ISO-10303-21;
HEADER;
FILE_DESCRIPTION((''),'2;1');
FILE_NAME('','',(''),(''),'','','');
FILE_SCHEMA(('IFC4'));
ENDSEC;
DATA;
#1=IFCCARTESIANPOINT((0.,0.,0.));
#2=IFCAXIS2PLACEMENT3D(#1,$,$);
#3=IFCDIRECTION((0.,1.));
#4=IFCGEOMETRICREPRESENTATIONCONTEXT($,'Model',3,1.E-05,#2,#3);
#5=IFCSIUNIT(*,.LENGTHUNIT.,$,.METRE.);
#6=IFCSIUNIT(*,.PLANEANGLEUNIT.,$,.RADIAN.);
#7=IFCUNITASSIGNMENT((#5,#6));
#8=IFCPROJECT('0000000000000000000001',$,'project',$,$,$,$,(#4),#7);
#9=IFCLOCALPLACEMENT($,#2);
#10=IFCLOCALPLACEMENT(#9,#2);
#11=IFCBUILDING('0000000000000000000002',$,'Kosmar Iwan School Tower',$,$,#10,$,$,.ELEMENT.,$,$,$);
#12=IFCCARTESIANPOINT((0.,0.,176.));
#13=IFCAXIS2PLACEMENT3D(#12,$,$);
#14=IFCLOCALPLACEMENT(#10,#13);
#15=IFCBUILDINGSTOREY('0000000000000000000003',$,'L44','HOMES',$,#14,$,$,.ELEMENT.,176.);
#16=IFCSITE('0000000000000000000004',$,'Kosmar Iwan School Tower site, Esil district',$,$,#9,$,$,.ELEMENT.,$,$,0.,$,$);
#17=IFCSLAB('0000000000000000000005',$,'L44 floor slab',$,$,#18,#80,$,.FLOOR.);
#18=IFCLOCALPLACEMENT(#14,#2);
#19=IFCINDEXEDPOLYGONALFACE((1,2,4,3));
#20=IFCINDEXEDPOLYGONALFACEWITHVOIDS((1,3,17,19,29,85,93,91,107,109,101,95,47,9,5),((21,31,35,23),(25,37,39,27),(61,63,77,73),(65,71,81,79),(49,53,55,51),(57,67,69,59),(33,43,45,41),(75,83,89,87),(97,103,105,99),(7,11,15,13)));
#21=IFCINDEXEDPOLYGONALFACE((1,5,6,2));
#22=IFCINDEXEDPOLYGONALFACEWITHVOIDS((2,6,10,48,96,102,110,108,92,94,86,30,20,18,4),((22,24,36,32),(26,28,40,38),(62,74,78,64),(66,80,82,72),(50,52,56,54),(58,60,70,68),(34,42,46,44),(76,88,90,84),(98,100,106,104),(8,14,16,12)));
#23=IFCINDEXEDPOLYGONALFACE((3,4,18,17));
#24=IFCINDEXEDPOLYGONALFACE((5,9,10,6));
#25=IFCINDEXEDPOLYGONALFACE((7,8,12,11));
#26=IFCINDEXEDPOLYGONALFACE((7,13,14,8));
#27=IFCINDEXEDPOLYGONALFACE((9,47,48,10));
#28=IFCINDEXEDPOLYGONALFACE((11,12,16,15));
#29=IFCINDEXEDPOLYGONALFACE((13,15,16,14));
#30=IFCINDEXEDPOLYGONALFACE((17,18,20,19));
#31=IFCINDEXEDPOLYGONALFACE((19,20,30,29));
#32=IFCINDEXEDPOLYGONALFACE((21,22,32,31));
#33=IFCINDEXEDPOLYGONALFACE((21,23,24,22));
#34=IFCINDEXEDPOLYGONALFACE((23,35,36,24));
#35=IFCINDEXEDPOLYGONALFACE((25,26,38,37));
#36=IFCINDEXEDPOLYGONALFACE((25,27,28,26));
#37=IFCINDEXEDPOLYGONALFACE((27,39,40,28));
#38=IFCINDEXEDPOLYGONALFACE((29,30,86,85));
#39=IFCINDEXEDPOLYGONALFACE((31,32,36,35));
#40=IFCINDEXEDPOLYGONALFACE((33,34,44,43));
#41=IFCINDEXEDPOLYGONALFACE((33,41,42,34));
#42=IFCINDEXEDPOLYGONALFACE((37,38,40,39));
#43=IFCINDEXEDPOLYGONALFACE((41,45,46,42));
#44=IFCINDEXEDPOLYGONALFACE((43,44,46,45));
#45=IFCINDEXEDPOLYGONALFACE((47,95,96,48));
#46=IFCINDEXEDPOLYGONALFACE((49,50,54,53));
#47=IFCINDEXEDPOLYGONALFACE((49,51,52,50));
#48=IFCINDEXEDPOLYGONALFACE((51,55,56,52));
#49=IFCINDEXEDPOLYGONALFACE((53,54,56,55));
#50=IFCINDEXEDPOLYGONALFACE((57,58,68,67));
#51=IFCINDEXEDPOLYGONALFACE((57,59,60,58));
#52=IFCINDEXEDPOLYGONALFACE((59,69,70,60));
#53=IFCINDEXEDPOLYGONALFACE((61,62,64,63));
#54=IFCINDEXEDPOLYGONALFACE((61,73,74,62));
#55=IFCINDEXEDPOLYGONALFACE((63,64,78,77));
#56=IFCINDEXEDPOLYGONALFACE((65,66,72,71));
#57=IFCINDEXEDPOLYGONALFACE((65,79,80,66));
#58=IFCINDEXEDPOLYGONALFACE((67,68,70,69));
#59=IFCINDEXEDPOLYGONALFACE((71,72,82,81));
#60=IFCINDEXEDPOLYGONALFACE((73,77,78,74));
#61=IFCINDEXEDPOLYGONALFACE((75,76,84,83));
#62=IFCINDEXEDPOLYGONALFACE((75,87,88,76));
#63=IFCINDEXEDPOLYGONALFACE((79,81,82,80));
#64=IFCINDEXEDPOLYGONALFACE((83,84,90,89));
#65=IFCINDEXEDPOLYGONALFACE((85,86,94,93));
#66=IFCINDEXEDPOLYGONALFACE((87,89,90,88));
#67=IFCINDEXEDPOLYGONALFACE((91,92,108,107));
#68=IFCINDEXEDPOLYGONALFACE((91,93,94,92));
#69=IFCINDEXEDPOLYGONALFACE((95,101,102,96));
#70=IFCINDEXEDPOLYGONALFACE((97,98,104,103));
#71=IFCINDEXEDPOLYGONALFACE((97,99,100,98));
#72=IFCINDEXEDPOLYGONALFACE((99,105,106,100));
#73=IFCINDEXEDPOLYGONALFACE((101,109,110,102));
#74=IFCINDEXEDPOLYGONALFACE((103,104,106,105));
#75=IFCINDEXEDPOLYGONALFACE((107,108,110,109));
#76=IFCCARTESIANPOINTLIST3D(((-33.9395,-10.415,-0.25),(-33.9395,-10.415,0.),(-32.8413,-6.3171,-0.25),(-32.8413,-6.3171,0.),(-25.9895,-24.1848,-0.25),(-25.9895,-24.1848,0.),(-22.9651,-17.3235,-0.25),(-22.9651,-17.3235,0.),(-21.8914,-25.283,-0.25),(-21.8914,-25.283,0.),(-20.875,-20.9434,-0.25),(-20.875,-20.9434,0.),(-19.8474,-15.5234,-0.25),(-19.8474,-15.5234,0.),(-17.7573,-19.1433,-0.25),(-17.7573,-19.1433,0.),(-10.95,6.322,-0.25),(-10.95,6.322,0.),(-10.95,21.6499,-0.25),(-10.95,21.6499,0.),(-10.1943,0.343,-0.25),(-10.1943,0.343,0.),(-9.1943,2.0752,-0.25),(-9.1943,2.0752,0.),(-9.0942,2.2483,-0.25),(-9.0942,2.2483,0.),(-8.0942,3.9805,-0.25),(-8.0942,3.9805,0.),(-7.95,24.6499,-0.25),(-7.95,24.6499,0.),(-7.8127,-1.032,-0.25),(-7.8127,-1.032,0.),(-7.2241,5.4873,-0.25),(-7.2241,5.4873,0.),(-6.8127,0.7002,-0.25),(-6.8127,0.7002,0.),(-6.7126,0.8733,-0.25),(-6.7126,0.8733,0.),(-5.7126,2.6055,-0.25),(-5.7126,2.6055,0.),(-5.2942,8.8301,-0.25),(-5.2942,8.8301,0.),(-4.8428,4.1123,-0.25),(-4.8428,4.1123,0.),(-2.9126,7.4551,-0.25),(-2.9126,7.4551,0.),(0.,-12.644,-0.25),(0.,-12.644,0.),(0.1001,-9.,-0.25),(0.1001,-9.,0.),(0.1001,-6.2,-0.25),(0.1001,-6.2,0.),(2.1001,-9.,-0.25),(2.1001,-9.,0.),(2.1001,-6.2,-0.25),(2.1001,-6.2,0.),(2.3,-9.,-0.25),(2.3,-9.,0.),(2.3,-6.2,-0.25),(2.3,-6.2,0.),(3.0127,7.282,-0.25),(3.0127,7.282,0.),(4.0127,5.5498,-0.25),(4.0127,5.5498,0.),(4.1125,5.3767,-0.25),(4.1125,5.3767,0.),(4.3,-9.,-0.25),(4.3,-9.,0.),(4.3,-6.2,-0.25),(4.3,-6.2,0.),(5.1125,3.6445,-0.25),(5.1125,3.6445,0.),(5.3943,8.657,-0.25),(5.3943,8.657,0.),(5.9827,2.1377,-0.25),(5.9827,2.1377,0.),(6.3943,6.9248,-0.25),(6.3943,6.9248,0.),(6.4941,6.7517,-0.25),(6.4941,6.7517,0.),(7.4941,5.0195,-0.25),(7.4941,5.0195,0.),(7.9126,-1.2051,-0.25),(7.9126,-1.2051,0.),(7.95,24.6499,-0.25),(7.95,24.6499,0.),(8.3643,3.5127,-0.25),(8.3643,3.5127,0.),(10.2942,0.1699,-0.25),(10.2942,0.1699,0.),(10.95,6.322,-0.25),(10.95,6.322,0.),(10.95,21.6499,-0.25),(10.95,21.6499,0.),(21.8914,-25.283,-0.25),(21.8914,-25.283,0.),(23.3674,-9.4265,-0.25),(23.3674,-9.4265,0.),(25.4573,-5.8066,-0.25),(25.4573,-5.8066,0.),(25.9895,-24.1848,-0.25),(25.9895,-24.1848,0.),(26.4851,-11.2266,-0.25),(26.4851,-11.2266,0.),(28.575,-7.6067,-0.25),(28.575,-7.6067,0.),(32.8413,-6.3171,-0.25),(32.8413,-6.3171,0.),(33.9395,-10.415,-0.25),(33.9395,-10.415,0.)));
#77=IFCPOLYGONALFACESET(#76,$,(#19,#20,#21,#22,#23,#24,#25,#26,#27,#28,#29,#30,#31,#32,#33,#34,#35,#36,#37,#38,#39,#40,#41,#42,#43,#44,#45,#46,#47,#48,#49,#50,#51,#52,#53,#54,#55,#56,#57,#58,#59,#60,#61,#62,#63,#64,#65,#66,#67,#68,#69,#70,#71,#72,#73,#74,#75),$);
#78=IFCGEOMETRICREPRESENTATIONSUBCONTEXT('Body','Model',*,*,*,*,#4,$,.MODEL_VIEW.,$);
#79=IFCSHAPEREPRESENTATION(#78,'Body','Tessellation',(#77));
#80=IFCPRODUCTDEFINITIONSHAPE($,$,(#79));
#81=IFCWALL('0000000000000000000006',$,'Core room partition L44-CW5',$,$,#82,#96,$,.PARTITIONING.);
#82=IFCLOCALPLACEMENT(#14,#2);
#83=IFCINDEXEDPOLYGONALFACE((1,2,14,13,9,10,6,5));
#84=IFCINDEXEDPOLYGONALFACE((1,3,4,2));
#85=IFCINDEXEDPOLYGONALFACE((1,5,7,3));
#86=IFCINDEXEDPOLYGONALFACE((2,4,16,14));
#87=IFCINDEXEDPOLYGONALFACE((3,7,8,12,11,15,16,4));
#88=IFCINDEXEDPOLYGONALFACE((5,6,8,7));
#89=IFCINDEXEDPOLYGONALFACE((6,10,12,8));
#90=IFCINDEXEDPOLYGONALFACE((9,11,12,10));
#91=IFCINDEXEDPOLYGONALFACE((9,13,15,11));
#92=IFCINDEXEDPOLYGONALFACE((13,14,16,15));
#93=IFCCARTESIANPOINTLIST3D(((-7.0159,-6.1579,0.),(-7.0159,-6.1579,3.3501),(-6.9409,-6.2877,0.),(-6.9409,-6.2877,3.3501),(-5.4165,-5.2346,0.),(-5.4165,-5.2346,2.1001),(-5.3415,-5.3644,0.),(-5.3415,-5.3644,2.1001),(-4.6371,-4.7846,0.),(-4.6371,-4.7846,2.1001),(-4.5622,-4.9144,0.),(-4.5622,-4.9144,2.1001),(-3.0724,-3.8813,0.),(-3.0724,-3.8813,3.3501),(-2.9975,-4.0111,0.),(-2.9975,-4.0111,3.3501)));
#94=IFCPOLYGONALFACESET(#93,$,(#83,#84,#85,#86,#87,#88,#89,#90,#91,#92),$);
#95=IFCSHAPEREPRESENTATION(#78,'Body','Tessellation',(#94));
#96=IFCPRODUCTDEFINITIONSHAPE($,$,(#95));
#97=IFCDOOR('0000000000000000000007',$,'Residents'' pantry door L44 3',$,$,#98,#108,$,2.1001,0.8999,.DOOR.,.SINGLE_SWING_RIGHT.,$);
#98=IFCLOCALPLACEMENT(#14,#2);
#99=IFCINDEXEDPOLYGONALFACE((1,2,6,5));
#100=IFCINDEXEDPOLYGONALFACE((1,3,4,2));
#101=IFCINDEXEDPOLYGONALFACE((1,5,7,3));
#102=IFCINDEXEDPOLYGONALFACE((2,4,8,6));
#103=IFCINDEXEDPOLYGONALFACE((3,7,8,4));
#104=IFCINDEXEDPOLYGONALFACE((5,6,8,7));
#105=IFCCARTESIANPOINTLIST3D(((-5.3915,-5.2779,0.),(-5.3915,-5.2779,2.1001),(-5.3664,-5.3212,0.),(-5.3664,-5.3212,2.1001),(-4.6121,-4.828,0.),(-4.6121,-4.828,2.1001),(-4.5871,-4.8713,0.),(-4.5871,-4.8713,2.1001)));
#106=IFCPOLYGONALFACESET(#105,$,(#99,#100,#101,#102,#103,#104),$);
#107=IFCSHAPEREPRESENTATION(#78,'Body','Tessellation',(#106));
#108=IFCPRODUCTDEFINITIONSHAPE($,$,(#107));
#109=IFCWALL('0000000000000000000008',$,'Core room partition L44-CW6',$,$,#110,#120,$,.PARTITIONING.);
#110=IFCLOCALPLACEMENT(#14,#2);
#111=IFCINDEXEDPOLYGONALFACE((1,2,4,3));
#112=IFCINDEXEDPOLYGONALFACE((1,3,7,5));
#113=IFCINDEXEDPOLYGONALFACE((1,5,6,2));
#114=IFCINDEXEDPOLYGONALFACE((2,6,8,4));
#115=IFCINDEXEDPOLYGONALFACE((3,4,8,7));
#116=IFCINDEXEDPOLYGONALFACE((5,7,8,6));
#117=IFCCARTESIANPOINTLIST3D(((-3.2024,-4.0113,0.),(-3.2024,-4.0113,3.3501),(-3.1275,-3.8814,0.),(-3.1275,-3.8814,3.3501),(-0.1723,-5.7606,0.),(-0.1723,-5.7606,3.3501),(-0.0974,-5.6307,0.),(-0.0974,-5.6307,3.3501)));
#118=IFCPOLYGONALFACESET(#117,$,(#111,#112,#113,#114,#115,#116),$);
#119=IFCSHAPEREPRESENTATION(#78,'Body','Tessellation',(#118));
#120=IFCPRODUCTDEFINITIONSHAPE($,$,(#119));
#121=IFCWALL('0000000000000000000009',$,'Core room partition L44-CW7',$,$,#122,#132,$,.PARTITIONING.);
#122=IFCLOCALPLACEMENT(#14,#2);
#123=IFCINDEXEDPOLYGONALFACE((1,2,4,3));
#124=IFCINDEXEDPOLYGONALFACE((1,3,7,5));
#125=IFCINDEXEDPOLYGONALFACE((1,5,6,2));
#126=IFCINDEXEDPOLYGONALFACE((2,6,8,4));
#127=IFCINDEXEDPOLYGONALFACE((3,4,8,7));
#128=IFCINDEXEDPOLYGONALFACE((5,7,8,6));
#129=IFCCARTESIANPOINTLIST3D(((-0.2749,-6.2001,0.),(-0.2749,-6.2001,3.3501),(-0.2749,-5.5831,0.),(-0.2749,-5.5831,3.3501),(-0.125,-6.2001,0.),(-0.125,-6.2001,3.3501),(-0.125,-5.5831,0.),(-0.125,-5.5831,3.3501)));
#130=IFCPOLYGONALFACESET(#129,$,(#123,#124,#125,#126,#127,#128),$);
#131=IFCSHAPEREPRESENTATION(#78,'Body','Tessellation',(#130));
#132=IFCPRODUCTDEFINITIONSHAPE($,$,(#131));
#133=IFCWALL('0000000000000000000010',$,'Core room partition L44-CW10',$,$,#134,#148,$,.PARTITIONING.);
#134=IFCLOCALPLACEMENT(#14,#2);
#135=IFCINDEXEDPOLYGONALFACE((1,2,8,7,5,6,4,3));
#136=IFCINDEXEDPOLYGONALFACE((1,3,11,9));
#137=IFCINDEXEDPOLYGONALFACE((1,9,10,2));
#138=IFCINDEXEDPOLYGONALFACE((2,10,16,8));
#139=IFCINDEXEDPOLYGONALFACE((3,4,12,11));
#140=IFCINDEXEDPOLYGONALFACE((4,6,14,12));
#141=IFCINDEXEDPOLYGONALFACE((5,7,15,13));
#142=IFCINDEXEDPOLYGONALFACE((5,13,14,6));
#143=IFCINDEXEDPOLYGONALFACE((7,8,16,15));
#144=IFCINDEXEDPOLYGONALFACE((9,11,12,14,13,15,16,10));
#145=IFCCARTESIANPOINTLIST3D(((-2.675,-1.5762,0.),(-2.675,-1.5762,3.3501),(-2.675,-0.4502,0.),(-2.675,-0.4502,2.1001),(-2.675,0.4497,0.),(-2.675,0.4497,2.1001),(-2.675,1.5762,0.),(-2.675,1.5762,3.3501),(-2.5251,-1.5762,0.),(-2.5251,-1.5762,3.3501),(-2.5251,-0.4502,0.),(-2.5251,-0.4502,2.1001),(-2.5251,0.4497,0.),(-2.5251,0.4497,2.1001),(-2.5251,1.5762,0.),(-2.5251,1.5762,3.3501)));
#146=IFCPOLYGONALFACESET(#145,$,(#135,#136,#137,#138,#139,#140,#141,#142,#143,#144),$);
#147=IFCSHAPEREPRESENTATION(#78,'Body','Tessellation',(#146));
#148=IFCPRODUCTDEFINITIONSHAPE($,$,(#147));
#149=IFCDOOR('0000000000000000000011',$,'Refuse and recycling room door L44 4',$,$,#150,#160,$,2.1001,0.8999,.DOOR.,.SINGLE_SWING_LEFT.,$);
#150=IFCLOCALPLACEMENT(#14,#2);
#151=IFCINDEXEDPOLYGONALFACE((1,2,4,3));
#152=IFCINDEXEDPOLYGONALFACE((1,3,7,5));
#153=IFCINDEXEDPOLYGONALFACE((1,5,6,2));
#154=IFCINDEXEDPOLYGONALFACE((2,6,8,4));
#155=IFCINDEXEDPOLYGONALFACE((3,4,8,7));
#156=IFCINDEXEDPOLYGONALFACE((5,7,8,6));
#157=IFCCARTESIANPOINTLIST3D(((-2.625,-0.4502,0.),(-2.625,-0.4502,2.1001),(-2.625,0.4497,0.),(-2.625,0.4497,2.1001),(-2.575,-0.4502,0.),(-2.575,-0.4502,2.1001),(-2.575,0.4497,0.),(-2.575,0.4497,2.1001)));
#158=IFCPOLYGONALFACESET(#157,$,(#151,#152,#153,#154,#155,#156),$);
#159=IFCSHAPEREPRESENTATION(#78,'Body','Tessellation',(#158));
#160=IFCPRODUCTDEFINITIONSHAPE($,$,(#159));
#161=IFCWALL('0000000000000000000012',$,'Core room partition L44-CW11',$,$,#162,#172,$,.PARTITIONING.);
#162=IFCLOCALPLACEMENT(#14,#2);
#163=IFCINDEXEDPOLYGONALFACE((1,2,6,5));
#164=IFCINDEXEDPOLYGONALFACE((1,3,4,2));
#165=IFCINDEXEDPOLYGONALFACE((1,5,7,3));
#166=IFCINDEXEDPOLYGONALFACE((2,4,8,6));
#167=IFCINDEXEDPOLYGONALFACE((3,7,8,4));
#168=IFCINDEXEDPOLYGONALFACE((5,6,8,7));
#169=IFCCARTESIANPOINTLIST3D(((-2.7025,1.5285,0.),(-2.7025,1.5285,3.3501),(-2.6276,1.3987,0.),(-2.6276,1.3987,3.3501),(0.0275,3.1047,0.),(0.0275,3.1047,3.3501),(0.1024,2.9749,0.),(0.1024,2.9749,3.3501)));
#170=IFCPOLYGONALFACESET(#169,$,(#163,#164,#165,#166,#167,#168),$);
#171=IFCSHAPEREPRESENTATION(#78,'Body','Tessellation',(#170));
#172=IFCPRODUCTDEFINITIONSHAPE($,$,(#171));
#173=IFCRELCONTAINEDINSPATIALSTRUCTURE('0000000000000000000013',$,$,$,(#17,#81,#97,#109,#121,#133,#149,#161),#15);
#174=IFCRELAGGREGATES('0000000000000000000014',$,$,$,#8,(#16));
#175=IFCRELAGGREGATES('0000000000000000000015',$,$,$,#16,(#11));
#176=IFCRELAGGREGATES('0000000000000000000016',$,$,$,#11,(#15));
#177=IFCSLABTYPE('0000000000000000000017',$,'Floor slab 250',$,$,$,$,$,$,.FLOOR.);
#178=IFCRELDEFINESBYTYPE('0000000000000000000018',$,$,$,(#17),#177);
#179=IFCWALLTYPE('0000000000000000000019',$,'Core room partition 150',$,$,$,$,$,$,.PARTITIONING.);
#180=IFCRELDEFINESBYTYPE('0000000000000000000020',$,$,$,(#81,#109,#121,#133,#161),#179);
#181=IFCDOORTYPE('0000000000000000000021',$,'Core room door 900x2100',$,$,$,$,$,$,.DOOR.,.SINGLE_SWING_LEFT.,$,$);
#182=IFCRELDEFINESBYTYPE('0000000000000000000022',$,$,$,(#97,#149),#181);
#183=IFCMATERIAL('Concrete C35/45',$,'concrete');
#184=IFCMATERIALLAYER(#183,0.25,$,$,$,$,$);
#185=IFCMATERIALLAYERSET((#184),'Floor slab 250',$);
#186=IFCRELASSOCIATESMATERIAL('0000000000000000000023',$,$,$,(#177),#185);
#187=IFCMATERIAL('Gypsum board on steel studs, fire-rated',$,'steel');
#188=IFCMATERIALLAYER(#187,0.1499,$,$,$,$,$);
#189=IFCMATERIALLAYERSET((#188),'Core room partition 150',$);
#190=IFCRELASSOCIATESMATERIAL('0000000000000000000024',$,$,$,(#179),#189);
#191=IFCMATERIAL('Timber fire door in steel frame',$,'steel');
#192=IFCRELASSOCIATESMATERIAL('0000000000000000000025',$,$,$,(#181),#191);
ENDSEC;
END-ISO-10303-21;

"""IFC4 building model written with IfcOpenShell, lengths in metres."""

from ifc_helpers import new_model, si_unit, direction, frame, frame_2d, origin, place, context, subcontext, project, spatial, polyline, rectangle, outline, extrude, material, layer, layer_set, type_object, element, fill, save


model = new_model("IFC4")

# Units and contexts
model_context = context("Model", 3, precision=1e-05, world=origin(), true_north=direction((0.0, 1.0)))
body_context = subcontext(model_context, "Body", "Model", "MODEL_VIEW")
ifc_project = project(units=[si_unit("LENGTHUNIT", "METRE"), si_unit("PLANEANGLEUNIT", "RADIAN")], contexts=[model_context])

# Site, building, storey
site_placement = place(None, origin())
site = spatial("IfcSite", under=ifc_project, at=site_placement, Name="Kosmar Iwan School Tower site, Esil district", CompositionType="ELEMENT", RefElevation=0.0)
building_placement = place(site_placement, origin())
building = spatial("IfcBuilding", under=site, at=building_placement, Name="Kosmar Iwan School Tower", CompositionType="ELEMENT")
storey_placement = place(building_placement, frame((0.0, 0.0, 176.0)))
storey = spatial("IfcBuildingStorey", under=building, at=storey_placement, Name="L44", Description="HOMES", CompositionType="ELEMENT", Elevation=176.0)

# Slab
ifc_material_1 = material(Name="Concrete C35/45", Category="concrete")
ifc_layer_1 = layer(ifc_material_1, 0.25)
ifc_layer_set_1 = layer_set([ifc_layer_1], Name="Floor slab 250")
slab_type = type_object("IfcSlabType", Name="Floor slab 250", PredefinedType="FLOOR", material=ifc_layer_set_1)
slab_placement = place(storey_placement, frame((0.0, 0.0, -0.25)))
element("IfcSlab", 1, at=slab_placement, inside=storey, type_object=slab_type, Name="L44 floor slab", PredefinedType="FLOOR", context=body_context, shape_type="SweptSolid", body=[
    extrude(outline(polyline([(-21.8914, -25.283), (0.0, -12.644), (21.8914, -25.283), (25.9895, -24.1848), (33.9395, -10.415), (32.8413, -6.3171), (10.95, 6.322), (10.95, 21.6499), (7.95, 24.6499), (-7.95, 24.6499), (-10.95, 21.6499), (-10.95, 6.322), (-32.8413, -6.3171), (-33.9395, -10.415), (-25.9895, -24.1848), (-21.8914, -25.283)]), holes=[polyline([(7.9126, -1.2051), (10.2942, 0.1699), (8.3643, 3.5127), (5.9827, 2.1377), (7.9126, -1.2051)]), polyline([(-2.9126, 7.4551), (-5.2942, 8.8301), (-7.2241, 5.4873), (-4.8428, 4.1123), (-2.9126, 7.4551)]), polyline([(-5.7126, 2.6055), (-8.0942, 3.9805), (-9.0942, 2.2483), (-6.7126, 0.8733), (-5.7126, 2.6055)]), polyline([(-6.8127, 0.7002), (-9.1943, 2.0752), (-10.1943, 0.343), (-7.8127, -1.032), (-6.8127, 0.7002)]), polyline([(5.1125, 3.6445), (7.4941, 5.0195), (6.4941, 6.7517), (4.1125, 5.3767), (5.1125, 3.6445)]), polyline([(4.0127, 5.5498), (6.3943, 6.9248), (5.3943, 8.657), (3.0127, 7.282), (4.0127, 5.5498)]), polyline([(0.1001, -6.2), (0.1001, -9.0), (2.1001, -9.0), (2.1001, -6.2), (0.1001, -6.2)]), polyline([(2.3, -6.2), (2.3, -9.0), (4.3, -9.0), (4.3, -6.2), (2.3, -6.2)]), polyline([(-19.8474, -15.5234), (-22.9651, -17.3235), (-20.875, -20.9434), (-17.7573, -19.1433), (-19.8474, -15.5234)]), polyline([(23.3674, -9.4265), (26.4851, -11.2266), (28.575, -7.6067), (25.4573, -5.8066), (23.3674, -9.4265)])]), origin(), (0.0, 0.0, 1.0), 0.25),
])

# Wall, opening, door
ifc_material_2 = material(Name="Gypsum board on steel studs, fire-rated", Category="steel")
ifc_layer_2 = layer(ifc_material_2, 0.1499)
ifc_layer_set_2 = layer_set([ifc_layer_2], Name="Core room partition 150")
wall_type_1 = type_object("IfcWallType", Name="Core room partition 150", PredefinedType="PARTITIONING", material=ifc_layer_set_2)
wall_1_placement = place(storey_placement, frame((-6.9785, -6.2229, 0.0), z_axis=(0.0, 0.0, 1.0), x_axis=(0.866034, 0.499985, 0.0)))
wall_1 = element("IfcWall", 2, at=wall_1_placement, inside=storey, type_object=wall_type_1, Name="Core room partition L44-CW5", PredefinedType="PARTITIONING", context=body_context, shape_type="SweptSolid", body=[
    extrude(rectangle(XDim=4.5535, YDim=0.1499, at=frame_2d((2.2769, 0.0))), origin(), (0.0, 0.0, 1.0), 3.3501),
])
opening_1_placement = place(wall_1_placement, frame((1.8469, 0.0, 0.0)))
opening_1 = element("IfcOpeningElement", 3, at=opening_1_placement, cuts=wall_1, PredefinedType="OPENING", context=body_context, shape_type="SweptSolid", body=[
    extrude(rectangle(XDim=0.8999, YDim=2.1001, at=frame_2d((0.45, 1.05))), frame((0.0, 0.0869, 0.0), z_axis=(0.0, -1.0, 0.0), x_axis=(1.0, 0.0, 0.0)), (0.0, 0.0, 1.0), 0.1738),
])
ifc_material_3 = material(Name="Timber fire door in steel frame", Category="steel")
door_type_1 = type_object("IfcDoorType", Name="Core room door 900x2100", OperationType="SINGLE_SWING_LEFT", PredefinedType="DOOR", material=ifc_material_3)
door_1_placement = place(opening_1_placement, origin())
door_1 = element("IfcDoor", 4, at=door_1_placement, inside=storey, type_object=door_type_1, Name="Residents' pantry door L44 3", OperationType="SINGLE_SWING_RIGHT", OverallHeight=2.1001, OverallWidth=0.8999, PredefinedType="DOOR", context=body_context, shape_type="SweptSolid", body=[
    extrude(rectangle(XDim=0.8999, YDim=2.1001, at=frame_2d((0.45, 1.05))), frame((0.0, 0.0249, 0.0), z_axis=(0.0, -1.0, 0.0), x_axis=(1.0, 0.0, 0.0)), (0.0, 0.0, 1.0), 0.05),
])
fill(opening_1, door_1)

# Walls
wall_2_placement = place(storey_placement, frame((-3.165, -3.9463, 0.0), z_axis=(0.0, 0.0, 1.0), x_axis=(0.86604, -0.499974, 0.0)))
element("IfcWall", 5, at=wall_2_placement, inside=storey, type_object=wall_type_1, Name="Core room partition L44-CW6", PredefinedType="PARTITIONING", context=body_context, shape_type="SweptSolid", body=[
    extrude(rectangle(XDim=3.4988, YDim=0.1499, at=frame_2d((1.7495, 0.0))), origin(), (0.0, 0.0, 1.0), 3.3501),
])
wall_3_placement = place(storey_placement, frame((-0.2, -5.583, 0.0), z_axis=(0.0, 0.0, 1.0), x_axis=(0.0, -1.0, 0.0)))
element("IfcWall", 6, at=wall_3_placement, inside=storey, type_object=wall_type_1, Name="Core room partition L44-CW7", PredefinedType="PARTITIONING", context=body_context, shape_type="SweptSolid", body=[
    extrude(rectangle(XDim=0.6169, YDim=0.1499, at=frame_2d((0.3086, 0.0))), origin(), (0.0, 0.0, 1.0), 3.3501),
])

# Wall, opening, door
wall_4_placement = place(storey_placement, frame((-2.6001, -1.5762, 0.0), z_axis=(0.0, 0.0, 1.0), x_axis=(0.0, 1.0, 0.0)))
wall_4 = element("IfcWall", 7, at=wall_4_placement, inside=storey, type_object=wall_type_1, Name="Core room partition L44-CW10", PredefinedType="PARTITIONING", context=body_context, shape_type="SweptSolid", body=[
    extrude(rectangle(XDim=3.1523, YDim=0.1499, at=frame_2d((1.5762, 0.0))), origin(), (0.0, 0.0, 1.0), 3.3501),
])
opening_2_placement = place(wall_4_placement, frame((1.126, 0.0, 0.0)))
opening_2 = element("IfcOpeningElement", 8, at=opening_2_placement, cuts=wall_4, PredefinedType="OPENING", context=body_context, shape_type="SweptSolid", body=[
    extrude(rectangle(XDim=0.8999, YDim=2.1001, at=frame_2d((0.45, 1.05))), frame((0.0, 0.0869, 0.0), z_axis=(0.0, -1.0, 0.0), x_axis=(1.0, 0.0, 0.0)), (0.0, 0.0, 1.0), 0.1738),
])
door_2_placement = place(opening_2_placement, origin())
door_2 = element("IfcDoor", 9, at=door_2_placement, inside=storey, type_object=door_type_1, Name="Refuse and recycling room door L44 4", OperationType="SINGLE_SWING_LEFT", OverallHeight=2.1001, OverallWidth=0.8999, PredefinedType="DOOR", context=body_context, shape_type="SweptSolid", body=[
    extrude(rectangle(XDim=0.8999, YDim=2.1001, at=frame_2d((0.45, 1.05))), frame((0.0, 0.0249, 0.0), z_axis=(0.0, -1.0, 0.0), x_axis=(1.0, 0.0, 0.0)), (0.0, 0.0, 1.0), 0.05),
])
fill(opening_2, door_2)

# Wall
for number, where, z_axis, x_axis, name in (
    (10, (-2.665, 1.4636, 0.0), (0.0, 0.0, 1.0), (0.866023, 0.500004, 0.0), "Core room partition L44-CW11"),
):
    element("IfcWall", number, at=place(storey_placement, frame(where, z_axis=z_axis, x_axis=x_axis)), inside=storey, type_object=wall_type_1, Name=name, PredefinedType="PARTITIONING", context=body_context, shape_type="SweptSolid", body=[
        extrude(rectangle(XDim=3.1523, YDim=0.1499, at=frame_2d((1.5762, 0.0))), origin(), (0.0, 0.0, 1.0), 3.3501),
    ])

save(model, "model.ifc")
